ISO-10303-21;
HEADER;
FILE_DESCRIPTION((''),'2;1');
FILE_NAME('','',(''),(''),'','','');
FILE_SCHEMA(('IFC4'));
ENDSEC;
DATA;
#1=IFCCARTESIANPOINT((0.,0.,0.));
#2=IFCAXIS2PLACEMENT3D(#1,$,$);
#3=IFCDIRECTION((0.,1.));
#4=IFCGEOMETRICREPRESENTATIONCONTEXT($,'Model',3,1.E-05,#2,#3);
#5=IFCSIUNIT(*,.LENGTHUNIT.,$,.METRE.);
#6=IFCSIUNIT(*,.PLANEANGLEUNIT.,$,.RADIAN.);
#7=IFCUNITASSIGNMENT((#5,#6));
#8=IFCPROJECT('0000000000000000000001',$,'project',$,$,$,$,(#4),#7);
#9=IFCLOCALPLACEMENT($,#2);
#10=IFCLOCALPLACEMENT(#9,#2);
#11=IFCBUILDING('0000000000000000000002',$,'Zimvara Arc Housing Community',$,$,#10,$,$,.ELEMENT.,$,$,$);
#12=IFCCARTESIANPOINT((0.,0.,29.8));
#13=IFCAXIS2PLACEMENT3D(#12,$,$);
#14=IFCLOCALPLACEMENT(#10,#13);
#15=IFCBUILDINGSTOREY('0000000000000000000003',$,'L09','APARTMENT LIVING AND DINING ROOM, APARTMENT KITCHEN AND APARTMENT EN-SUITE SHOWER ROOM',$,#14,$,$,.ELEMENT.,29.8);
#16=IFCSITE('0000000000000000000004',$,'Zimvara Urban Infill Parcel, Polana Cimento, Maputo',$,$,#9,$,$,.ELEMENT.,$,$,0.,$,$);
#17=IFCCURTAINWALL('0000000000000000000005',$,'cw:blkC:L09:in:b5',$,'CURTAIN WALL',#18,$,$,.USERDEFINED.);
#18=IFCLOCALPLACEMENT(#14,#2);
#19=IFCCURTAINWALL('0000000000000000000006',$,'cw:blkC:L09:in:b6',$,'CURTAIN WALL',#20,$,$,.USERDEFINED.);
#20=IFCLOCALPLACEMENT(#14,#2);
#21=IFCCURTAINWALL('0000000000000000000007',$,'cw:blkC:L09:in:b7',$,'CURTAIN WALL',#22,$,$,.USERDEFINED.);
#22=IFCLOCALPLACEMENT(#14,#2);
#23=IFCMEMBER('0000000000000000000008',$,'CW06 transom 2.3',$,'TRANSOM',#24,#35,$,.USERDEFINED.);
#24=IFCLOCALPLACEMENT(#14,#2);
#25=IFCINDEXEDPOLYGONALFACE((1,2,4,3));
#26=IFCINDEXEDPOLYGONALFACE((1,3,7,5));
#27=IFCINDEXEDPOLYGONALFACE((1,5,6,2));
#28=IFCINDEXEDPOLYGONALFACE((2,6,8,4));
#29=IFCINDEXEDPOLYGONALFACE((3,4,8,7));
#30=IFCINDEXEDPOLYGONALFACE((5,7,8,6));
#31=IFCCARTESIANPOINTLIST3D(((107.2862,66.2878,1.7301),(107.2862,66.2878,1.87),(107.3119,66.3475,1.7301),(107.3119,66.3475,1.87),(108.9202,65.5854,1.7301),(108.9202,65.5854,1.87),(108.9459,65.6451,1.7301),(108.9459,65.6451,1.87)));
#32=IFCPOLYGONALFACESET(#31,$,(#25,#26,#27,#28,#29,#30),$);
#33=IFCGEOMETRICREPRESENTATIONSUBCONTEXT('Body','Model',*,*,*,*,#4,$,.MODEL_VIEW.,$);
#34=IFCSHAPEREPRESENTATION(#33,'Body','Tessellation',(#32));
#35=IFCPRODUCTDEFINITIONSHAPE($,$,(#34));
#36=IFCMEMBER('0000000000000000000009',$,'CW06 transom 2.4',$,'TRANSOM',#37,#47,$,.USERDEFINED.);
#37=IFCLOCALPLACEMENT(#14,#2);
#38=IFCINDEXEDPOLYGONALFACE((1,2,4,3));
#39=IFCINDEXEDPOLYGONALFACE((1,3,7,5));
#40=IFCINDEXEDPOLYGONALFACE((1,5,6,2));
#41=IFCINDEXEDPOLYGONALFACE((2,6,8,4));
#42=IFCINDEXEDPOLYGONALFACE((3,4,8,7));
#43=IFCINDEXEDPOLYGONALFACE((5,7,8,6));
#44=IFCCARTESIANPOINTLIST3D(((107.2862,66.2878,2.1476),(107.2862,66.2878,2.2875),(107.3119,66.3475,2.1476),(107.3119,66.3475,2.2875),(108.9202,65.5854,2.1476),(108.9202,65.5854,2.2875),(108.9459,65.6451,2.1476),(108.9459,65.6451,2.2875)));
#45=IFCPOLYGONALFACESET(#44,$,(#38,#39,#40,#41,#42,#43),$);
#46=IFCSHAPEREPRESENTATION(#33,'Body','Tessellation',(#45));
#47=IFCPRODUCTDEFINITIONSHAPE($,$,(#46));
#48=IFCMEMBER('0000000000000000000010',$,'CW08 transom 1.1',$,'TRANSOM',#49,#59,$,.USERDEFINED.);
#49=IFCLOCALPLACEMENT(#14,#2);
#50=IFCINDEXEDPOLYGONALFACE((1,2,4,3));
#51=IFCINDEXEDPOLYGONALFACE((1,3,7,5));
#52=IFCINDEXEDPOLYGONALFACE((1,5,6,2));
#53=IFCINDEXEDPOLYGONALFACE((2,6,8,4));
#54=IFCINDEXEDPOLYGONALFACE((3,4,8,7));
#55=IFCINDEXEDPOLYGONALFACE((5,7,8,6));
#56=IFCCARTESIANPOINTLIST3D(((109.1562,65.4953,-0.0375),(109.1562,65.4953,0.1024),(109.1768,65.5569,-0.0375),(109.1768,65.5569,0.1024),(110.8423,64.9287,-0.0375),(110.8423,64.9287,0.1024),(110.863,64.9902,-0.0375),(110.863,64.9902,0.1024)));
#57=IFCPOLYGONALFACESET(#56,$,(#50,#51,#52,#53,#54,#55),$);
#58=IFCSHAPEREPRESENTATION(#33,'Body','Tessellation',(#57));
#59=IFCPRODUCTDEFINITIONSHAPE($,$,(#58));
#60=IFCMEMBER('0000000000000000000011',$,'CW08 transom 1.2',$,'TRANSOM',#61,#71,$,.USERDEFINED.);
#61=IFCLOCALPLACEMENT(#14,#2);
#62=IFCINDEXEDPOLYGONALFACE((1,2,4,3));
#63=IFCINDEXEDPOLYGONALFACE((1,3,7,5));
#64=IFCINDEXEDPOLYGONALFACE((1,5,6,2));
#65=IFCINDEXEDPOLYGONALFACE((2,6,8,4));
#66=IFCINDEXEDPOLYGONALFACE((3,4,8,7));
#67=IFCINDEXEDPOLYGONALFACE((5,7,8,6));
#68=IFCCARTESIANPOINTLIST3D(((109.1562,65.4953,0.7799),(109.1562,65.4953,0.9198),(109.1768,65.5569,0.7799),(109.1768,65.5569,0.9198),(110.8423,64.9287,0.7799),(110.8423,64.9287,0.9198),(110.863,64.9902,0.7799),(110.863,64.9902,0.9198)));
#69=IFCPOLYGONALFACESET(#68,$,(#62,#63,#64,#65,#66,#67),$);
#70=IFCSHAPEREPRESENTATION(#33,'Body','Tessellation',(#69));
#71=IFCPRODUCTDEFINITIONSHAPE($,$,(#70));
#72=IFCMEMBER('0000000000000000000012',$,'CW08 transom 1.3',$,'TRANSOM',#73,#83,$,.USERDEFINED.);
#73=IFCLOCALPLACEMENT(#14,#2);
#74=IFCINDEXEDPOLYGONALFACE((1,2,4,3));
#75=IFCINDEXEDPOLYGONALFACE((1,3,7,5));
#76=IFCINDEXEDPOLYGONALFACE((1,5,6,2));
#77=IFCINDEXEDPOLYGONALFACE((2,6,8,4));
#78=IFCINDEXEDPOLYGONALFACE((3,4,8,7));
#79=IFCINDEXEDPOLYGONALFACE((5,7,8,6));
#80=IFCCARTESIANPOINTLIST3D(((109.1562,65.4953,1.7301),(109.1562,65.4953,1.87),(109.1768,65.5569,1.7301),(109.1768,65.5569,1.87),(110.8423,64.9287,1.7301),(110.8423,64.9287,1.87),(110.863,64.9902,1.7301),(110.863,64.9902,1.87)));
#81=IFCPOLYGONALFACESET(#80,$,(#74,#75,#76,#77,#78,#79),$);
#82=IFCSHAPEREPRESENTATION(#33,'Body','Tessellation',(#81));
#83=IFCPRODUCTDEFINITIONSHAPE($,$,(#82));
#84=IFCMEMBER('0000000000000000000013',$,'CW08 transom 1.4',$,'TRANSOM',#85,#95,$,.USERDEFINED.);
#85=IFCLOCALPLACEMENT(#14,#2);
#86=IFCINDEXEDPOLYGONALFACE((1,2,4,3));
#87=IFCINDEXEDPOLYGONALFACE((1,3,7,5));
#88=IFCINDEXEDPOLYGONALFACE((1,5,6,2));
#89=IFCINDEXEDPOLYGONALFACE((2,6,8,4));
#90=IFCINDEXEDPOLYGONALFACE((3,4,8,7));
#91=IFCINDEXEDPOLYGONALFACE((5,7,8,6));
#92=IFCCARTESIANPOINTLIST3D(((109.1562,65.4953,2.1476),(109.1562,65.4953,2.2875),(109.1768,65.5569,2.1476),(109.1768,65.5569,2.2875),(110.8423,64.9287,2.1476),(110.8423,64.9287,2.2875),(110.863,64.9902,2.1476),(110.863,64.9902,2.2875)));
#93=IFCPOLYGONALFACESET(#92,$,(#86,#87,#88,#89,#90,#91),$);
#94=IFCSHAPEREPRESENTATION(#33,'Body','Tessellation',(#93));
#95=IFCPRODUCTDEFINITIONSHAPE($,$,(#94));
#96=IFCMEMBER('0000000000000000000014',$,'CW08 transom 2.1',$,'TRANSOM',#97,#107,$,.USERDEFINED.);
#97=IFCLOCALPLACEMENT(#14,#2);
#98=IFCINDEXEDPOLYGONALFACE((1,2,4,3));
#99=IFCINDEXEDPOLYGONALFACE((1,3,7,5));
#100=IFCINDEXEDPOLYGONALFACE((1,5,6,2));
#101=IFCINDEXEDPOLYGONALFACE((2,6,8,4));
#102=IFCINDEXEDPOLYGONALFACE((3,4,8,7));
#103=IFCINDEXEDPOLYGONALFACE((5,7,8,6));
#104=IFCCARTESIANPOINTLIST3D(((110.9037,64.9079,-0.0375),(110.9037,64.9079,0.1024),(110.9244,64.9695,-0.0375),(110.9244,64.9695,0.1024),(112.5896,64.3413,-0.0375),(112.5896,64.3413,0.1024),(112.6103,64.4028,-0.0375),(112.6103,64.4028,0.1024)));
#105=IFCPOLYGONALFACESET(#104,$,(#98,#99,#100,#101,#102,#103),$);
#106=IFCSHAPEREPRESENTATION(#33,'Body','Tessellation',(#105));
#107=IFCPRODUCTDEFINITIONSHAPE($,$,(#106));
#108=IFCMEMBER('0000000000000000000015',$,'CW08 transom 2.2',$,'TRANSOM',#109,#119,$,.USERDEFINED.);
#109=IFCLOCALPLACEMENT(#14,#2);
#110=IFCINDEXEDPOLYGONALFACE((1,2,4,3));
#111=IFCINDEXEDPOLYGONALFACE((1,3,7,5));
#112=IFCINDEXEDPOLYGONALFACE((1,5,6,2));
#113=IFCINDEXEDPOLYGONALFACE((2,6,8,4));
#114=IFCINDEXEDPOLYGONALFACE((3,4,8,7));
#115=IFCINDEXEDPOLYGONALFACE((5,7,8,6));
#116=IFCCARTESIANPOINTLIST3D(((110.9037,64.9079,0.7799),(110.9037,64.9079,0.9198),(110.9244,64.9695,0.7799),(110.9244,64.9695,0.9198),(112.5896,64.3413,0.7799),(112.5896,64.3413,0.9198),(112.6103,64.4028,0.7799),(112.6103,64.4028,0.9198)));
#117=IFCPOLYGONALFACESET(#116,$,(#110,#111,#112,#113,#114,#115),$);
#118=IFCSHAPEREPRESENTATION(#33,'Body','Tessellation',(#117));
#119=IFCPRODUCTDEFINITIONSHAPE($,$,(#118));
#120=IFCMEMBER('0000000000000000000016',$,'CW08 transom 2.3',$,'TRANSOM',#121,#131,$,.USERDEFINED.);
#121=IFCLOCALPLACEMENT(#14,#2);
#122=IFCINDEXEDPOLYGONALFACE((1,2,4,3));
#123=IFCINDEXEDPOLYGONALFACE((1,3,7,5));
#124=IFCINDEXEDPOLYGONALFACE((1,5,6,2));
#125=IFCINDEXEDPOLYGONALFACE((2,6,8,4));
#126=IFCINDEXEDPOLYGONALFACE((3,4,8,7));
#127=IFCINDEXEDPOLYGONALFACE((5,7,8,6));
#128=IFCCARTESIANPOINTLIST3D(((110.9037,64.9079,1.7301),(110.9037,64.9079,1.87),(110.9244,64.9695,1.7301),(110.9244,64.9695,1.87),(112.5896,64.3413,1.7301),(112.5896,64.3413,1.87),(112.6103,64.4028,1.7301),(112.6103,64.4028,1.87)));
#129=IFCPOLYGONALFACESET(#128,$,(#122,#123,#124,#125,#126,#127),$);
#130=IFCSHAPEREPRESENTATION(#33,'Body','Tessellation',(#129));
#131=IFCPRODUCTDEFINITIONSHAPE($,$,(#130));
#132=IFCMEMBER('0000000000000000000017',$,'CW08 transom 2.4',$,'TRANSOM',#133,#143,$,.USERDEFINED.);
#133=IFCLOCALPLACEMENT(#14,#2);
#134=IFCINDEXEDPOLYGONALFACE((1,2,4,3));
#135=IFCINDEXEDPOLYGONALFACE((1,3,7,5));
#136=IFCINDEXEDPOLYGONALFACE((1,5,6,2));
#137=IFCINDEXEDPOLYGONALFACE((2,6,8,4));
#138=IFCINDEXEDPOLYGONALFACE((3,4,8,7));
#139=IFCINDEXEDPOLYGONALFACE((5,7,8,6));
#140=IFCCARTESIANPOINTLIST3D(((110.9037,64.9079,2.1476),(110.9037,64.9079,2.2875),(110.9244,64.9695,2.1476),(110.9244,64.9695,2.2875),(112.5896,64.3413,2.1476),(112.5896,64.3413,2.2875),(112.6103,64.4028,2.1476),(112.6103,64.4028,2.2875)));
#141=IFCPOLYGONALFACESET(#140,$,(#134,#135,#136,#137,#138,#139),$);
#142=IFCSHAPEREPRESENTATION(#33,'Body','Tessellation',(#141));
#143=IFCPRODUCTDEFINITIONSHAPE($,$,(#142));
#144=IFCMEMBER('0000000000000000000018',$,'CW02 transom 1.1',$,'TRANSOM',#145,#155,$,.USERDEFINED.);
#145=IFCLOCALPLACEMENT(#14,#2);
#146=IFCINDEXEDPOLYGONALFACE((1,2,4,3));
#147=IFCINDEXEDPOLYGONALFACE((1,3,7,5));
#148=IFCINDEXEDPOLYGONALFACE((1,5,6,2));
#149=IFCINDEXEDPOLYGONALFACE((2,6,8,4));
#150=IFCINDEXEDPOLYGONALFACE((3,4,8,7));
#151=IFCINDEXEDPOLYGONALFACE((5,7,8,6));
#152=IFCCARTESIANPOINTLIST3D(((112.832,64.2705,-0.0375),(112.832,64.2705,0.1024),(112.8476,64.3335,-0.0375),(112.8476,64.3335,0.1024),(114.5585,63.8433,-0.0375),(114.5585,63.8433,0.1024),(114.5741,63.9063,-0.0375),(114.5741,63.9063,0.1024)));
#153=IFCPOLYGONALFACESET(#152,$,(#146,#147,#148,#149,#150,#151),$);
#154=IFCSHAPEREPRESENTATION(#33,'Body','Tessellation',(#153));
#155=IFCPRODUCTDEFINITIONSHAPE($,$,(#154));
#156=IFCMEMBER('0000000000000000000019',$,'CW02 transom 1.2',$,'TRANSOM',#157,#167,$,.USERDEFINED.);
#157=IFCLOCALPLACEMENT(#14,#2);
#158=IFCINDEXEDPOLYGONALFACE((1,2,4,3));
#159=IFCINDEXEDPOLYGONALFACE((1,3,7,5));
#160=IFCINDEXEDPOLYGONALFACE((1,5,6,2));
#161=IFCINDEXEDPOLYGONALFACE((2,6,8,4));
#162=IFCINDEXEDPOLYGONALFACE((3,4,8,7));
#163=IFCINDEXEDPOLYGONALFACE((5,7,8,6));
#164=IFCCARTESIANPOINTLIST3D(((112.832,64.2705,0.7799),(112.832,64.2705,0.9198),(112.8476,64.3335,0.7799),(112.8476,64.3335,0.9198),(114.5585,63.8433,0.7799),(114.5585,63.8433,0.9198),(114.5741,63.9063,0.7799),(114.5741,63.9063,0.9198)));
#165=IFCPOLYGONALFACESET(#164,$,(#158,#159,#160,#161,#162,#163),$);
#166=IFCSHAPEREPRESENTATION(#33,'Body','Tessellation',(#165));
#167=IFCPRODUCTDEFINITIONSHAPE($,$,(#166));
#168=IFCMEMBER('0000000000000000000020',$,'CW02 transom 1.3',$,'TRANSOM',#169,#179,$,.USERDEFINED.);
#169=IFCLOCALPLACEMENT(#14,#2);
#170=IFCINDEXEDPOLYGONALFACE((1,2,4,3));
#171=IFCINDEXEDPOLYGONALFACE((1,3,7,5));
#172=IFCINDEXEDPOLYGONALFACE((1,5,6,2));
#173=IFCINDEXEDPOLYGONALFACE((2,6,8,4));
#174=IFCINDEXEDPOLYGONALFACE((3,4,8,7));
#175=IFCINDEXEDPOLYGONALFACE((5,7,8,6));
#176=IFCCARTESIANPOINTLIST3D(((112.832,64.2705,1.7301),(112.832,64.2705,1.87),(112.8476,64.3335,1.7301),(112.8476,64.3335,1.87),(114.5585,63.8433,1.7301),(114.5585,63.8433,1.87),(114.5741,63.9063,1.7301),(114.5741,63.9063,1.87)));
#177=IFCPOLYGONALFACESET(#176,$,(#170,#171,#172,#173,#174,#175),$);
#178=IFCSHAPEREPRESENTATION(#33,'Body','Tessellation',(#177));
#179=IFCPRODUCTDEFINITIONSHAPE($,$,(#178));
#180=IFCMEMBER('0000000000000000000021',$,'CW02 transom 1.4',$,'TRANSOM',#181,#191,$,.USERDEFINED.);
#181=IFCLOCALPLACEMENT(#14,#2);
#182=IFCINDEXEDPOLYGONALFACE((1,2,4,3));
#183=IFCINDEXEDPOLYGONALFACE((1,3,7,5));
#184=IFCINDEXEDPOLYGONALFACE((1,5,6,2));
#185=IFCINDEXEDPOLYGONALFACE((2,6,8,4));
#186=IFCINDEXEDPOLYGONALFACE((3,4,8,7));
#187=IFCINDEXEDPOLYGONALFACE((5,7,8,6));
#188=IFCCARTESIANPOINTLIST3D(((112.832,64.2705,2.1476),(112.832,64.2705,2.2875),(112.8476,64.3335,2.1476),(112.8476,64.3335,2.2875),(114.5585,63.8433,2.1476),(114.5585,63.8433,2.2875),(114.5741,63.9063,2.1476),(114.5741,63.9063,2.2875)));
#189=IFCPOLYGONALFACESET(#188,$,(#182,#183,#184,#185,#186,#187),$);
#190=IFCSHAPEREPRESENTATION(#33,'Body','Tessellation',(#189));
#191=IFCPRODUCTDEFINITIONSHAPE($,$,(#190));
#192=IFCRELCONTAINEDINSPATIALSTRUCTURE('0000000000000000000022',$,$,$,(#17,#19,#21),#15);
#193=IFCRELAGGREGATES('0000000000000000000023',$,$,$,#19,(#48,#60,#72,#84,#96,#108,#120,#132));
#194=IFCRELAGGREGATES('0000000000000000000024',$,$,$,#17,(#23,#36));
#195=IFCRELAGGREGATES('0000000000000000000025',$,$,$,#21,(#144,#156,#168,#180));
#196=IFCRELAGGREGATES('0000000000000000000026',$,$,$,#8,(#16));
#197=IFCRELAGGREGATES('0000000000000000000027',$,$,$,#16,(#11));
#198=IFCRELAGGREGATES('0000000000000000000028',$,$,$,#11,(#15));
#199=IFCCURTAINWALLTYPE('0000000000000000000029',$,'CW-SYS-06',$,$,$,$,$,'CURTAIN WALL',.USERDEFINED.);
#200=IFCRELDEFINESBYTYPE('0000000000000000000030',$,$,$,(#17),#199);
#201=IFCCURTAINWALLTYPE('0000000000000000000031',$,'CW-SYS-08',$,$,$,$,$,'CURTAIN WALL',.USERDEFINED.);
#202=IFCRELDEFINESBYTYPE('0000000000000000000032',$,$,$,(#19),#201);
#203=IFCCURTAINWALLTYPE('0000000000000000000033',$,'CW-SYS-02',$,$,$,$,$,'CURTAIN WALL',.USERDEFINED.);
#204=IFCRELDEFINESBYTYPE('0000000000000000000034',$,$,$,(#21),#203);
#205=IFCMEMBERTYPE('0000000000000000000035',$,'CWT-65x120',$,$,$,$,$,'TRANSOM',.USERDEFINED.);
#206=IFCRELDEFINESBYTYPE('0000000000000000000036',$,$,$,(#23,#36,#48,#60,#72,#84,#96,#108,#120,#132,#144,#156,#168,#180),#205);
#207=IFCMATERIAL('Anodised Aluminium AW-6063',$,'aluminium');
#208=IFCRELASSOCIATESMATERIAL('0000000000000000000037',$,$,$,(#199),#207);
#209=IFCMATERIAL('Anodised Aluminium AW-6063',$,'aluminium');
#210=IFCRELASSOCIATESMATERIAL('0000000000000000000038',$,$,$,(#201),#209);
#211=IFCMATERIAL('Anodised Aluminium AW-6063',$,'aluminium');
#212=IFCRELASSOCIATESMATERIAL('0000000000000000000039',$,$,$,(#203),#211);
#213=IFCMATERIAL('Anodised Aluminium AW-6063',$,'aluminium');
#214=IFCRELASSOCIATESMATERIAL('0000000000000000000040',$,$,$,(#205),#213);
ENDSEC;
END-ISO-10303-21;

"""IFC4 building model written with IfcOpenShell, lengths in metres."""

from ifc_helpers import new_model, si_unit, direction, frame, origin, origin_2d, place, context, subcontext, project, spatial, rectangle, extrude, material, material_profile, profile_set, type_object, element, aggregate, save


model = new_model("IFC4")

# Units and contexts
model_context = context("Model", 3, precision=1e-05, world=origin(), true_north=direction((0.0, 1.0)))
body_context = subcontext(model_context, "Body", "Model", "MODEL_VIEW")
ifc_project = project(units=[si_unit("LENGTHUNIT", "METRE"), si_unit("PLANEANGLEUNIT", "RADIAN")], contexts=[model_context])

# Site, building, storey
site_placement = place(None, origin())
site = spatial("IfcSite", under=ifc_project, at=site_placement, Name="Zimvara Urban Infill Parcel, Polana Cimento, Maputo", CompositionType="ELEMENT", RefElevation=0.0)
building_placement = place(site_placement, origin())
building = spatial("IfcBuilding", under=site, at=building_placement, Name="Zimvara Arc Housing Community", CompositionType="ELEMENT")
storey_placement = place(building_placement, frame((0.0, 0.0, 29.8)))
storey = spatial("IfcBuildingStorey", under=building, at=storey_placement, Name="L09", Description="APARTMENT LIVING AND DINING ROOM, APARTMENT KITCHEN AND APARTMENT EN-SUITE SHOWER ROOM", CompositionType="ELEMENT", Elevation=29.8)

# Curtain walls
ifc_material_1 = material(Name="Anodised Aluminium AW-6063", Category="aluminium")
curtain_wall_type_1 = type_object("IfcCurtainWallType", Name="CW-SYS-06", ElementType="CURTAIN WALL", PredefinedType="USERDEFINED", material=ifc_material_1)
curtain_wall_1_placement = place(storey_placement, origin())
curtain_wall_1 = element("IfcCurtainWall", 1, at=curtain_wall_1_placement, inside=storey, type_object=curtain_wall_type_1, Name="cw:blkC:L09:in:b5", ObjectType="CURTAIN WALL", PredefinedType="USERDEFINED")
ifc_material_2 = material(Name="Anodised Aluminium AW-6063", Category="aluminium")
curtain_wall_type_2 = type_object("IfcCurtainWallType", Name="CW-SYS-08", ElementType="CURTAIN WALL", PredefinedType="USERDEFINED", material=ifc_material_2)
curtain_wall_2_placement = place(storey_placement, origin())
curtain_wall_2 = element("IfcCurtainWall", 2, at=curtain_wall_2_placement, inside=storey, type_object=curtain_wall_type_2, Name="cw:blkC:L09:in:b6", ObjectType="CURTAIN WALL", PredefinedType="USERDEFINED")

# Curtain wall
ifc_material_3 = material(Name="Anodised Aluminium AW-6063", Category="aluminium")
curtain_wall_type_3 = type_object("IfcCurtainWallType", Name="CW-SYS-02", ElementType="CURTAIN WALL", PredefinedType="USERDEFINED", material=ifc_material_3)
curtain_wall_3_placement = place(storey_placement, origin())
curtain_wall_3 = element("IfcCurtainWall", 3, at=curtain_wall_3_placement, inside=storey, type_object=curtain_wall_type_3, Name="cw:blkC:L09:in:b7", ObjectType="CURTAIN WALL", PredefinedType="USERDEFINED")

# Members
ifc_material_4 = material(Name="Anodised Aluminium AW-6063", Category="aluminium")
ifc_material_profile_1 = material_profile(ifc_material_4, rectangle(XDim=0.0649, YDim=0.1399, at=origin_2d()), Name="ALU 65x140")
ifc_profile_set_1 = profile_set([ifc_material_profile_1], Name="Anodised Aluminium AW-6063")
member_type_1 = type_object("IfcMemberType", Name="CWT-65x120", ElementType="TRANSOM", PredefinedType="USERDEFINED", material=ifc_profile_set_1)
member_1_placement = place(storey_placement, frame((107.2991, 66.3176, 1.8), z_axis=(0.918718, -0.394913, 0.0), x_axis=(0.394913, 0.918718, 0.0)))
member_1 = element("IfcMember", 4, at=member_1_placement, type_object=member_type_1, Name="CW06 transom 2.3", ObjectType="TRANSOM", PredefinedType="USERDEFINED", context=body_context, shape_type="SweptSolid", body=[
    extrude(rectangle(XDim=0.0649, YDim=0.1399, at=origin_2d()), origin(), (0.0, 0.0, 1.0), 1.7786),
])
member_2_placement = place(storey_placement, frame((107.2991, 66.3176, 2.2175), z_axis=(0.918718, -0.394913, 0.0), x_axis=(0.394913, 0.918718, 0.0)))
member_2 = element("IfcMember", 5, at=member_2_placement, type_object=member_type_1, Name="CW06 transom 2.4", ObjectType="TRANSOM", PredefinedType="USERDEFINED", context=body_context, shape_type="SweptSolid", body=[
    extrude(rectangle(XDim=0.0649, YDim=0.1399, at=origin_2d()), origin(), (0.0, 0.0, 1.0), 1.7786),
])
member_3_placement = place(storey_placement, frame((109.1665, 65.5261, 0.0325), z_axis=(0.947898, -0.318574, 0.0), x_axis=(0.318574, 0.947898, 0.0)))
member_3 = element("IfcMember", 6, at=member_3_placement, type_object=member_type_1, Name="CW08 transom 1.1", ObjectType="TRANSOM", PredefinedType="USERDEFINED", context=body_context, shape_type="SweptSolid", body=[
    extrude(rectangle(XDim=0.0649, YDim=0.1399, at=origin_2d()), origin(), (0.0, 0.0, 1.0), 1.7788),
])
member_4_placement = place(storey_placement, frame((109.1665, 65.5261, 0.8499), z_axis=(0.947898, -0.318574, 0.0), x_axis=(0.318574, 0.947898, 0.0)))
member_4 = element("IfcMember", 7, at=member_4_placement, type_object=member_type_1, Name="CW08 transom 1.2", ObjectType="TRANSOM", PredefinedType="USERDEFINED", context=body_context, shape_type="SweptSolid", body=[
    extrude(rectangle(XDim=0.0649, YDim=0.1399, at=origin_2d()), origin(), (0.0, 0.0, 1.0), 1.7788),
])
member_5_placement = place(storey_placement, frame((109.1665, 65.5261, 1.8), z_axis=(0.947898, -0.318574, 0.0), x_axis=(0.318574, 0.947898, 0.0)))
member_5 = element("IfcMember", 8, at=member_5_placement, type_object=member_type_1, Name="CW08 transom 1.3", ObjectType="TRANSOM", PredefinedType="USERDEFINED", context=body_context, shape_type="SweptSolid", body=[
    extrude(rectangle(XDim=0.0649, YDim=0.1399, at=origin_2d()), origin(), (0.0, 0.0, 1.0), 1.7788),
])
member_6_placement = place(storey_placement, frame((109.1665, 65.5261, 2.2175), z_axis=(0.947898, -0.318574, 0.0), x_axis=(0.318574, 0.947898, 0.0)))
member_6 = element("IfcMember", 9, at=member_6_placement, type_object=member_type_1, Name="CW08 transom 1.4", ObjectType="TRANSOM", PredefinedType="USERDEFINED", context=body_context, shape_type="SweptSolid", body=[
    extrude(rectangle(XDim=0.0649, YDim=0.1399, at=origin_2d()), origin(), (0.0, 0.0, 1.0), 1.7788),
])
member_7_placement = place(storey_placement, frame((110.9141, 64.9387, 0.0325), z_axis=(0.947884, -0.318615, 0.0), x_axis=(0.318615, 0.947884, 0.0)))
member_7 = element("IfcMember", 10, at=member_7_placement, type_object=member_type_1, Name="CW08 transom 2.1", ObjectType="TRANSOM", PredefinedType="USERDEFINED", context=body_context, shape_type="SweptSolid", body=[
    extrude(rectangle(XDim=0.0649, YDim=0.1399, at=origin_2d()), origin(), (0.0, 0.0, 1.0), 1.7786),
])
member_8_placement = place(storey_placement, frame((110.9141, 64.9387, 0.8499), z_axis=(0.947884, -0.318615, 0.0), x_axis=(0.318615, 0.947884, 0.0)))
member_8 = element("IfcMember", 11, at=member_8_placement, type_object=member_type_1, Name="CW08 transom 2.2", ObjectType="TRANSOM", PredefinedType="USERDEFINED", context=body_context, shape_type="SweptSolid", body=[
    extrude(rectangle(XDim=0.0649, YDim=0.1399, at=origin_2d()), origin(), (0.0, 0.0, 1.0), 1.7786),
])
member_9_placement = place(storey_placement, frame((110.9141, 64.9387, 1.8), z_axis=(0.947884, -0.318615, 0.0), x_axis=(0.318615, 0.947884, 0.0)))
member_9 = element("IfcMember", 12, at=member_9_placement, type_object=member_type_1, Name="CW08 transom 2.3", ObjectType="TRANSOM", PredefinedType="USERDEFINED", context=body_context, shape_type="SweptSolid", body=[
    extrude(rectangle(XDim=0.0649, YDim=0.1399, at=origin_2d()), origin(), (0.0, 0.0, 1.0), 1.7786),
])
member_10_placement = place(storey_placement, frame((110.9141, 64.9387, 2.2175), z_axis=(0.947884, -0.318615, 0.0), x_axis=(0.318615, 0.947884, 0.0)))
member_10 = element("IfcMember", 13, at=member_10_placement, type_object=member_type_1, Name="CW08 transom 2.4", ObjectType="TRANSOM", PredefinedType="USERDEFINED", context=body_context, shape_type="SweptSolid", body=[
    extrude(rectangle(XDim=0.0649, YDim=0.1399, at=origin_2d()), origin(), (0.0, 0.0, 1.0), 1.7786),
])
member_11_placement = place(storey_placement, frame((112.8398, 64.302, 0.0325), z_axis=(0.970721, -0.24021, 0.0), x_axis=(0.24021, 0.970721, 0.0)))
member_11 = element("IfcMember", 14, at=member_11_placement, type_object=member_type_1, Name="CW02 transom 1.1", ObjectType="TRANSOM", PredefinedType="USERDEFINED", context=body_context, shape_type="SweptSolid", body=[
    extrude(rectangle(XDim=0.0649, YDim=0.1399, at=origin_2d()), origin(), (0.0, 0.0, 1.0), 1.7786),
])
member_12_placement = place(storey_placement, frame((112.8398, 64.302, 0.8499), z_axis=(0.970721, -0.24021, 0.0), x_axis=(0.24021, 0.970721, 0.0)))
member_12 = element("IfcMember", 15, at=member_12_placement, type_object=member_type_1, Name="CW02 transom 1.2", ObjectType="TRANSOM", PredefinedType="USERDEFINED", context=body_context, shape_type="SweptSolid", body=[
    extrude(rectangle(XDim=0.0649, YDim=0.1399, at=origin_2d()), origin(), (0.0, 0.0, 1.0), 1.7786),
])
member_13_placement = place(storey_placement, frame((112.8398, 64.302, 1.8), z_axis=(0.970721, -0.24021, 0.0), x_axis=(0.24021, 0.970721, 0.0)))
member_13 = element("IfcMember", 16, at=member_13_placement, type_object=member_type_1, Name="CW02 transom 1.3", ObjectType="TRANSOM", PredefinedType="USERDEFINED", context=body_context, shape_type="SweptSolid", body=[
    extrude(rectangle(XDim=0.0649, YDim=0.1399, at=origin_2d()), origin(), (0.0, 0.0, 1.0), 1.7786),
])
member_14_placement = place(storey_placement, frame((112.8398, 64.302, 2.2175), z_axis=(0.970721, -0.24021, 0.0), x_axis=(0.24021, 0.970721, 0.0)))
member_14 = element("IfcMember", 17, at=member_14_placement, type_object=member_type_1, Name="CW02 transom 1.4", ObjectType="TRANSOM", PredefinedType="USERDEFINED", context=body_context, shape_type="SweptSolid", body=[
    extrude(rectangle(XDim=0.0649, YDim=0.1399, at=origin_2d()), origin(), (0.0, 0.0, 1.0), 1.7786),
])

aggregate(curtain_wall_2, [member_3, member_4, member_5, member_6, member_7, member_8, member_9, member_10])
aggregate(curtain_wall_1, [member_1, member_2])
aggregate(curtain_wall_3, [member_11, member_12, member_13, member_14])

save(model, "model.ifc")
